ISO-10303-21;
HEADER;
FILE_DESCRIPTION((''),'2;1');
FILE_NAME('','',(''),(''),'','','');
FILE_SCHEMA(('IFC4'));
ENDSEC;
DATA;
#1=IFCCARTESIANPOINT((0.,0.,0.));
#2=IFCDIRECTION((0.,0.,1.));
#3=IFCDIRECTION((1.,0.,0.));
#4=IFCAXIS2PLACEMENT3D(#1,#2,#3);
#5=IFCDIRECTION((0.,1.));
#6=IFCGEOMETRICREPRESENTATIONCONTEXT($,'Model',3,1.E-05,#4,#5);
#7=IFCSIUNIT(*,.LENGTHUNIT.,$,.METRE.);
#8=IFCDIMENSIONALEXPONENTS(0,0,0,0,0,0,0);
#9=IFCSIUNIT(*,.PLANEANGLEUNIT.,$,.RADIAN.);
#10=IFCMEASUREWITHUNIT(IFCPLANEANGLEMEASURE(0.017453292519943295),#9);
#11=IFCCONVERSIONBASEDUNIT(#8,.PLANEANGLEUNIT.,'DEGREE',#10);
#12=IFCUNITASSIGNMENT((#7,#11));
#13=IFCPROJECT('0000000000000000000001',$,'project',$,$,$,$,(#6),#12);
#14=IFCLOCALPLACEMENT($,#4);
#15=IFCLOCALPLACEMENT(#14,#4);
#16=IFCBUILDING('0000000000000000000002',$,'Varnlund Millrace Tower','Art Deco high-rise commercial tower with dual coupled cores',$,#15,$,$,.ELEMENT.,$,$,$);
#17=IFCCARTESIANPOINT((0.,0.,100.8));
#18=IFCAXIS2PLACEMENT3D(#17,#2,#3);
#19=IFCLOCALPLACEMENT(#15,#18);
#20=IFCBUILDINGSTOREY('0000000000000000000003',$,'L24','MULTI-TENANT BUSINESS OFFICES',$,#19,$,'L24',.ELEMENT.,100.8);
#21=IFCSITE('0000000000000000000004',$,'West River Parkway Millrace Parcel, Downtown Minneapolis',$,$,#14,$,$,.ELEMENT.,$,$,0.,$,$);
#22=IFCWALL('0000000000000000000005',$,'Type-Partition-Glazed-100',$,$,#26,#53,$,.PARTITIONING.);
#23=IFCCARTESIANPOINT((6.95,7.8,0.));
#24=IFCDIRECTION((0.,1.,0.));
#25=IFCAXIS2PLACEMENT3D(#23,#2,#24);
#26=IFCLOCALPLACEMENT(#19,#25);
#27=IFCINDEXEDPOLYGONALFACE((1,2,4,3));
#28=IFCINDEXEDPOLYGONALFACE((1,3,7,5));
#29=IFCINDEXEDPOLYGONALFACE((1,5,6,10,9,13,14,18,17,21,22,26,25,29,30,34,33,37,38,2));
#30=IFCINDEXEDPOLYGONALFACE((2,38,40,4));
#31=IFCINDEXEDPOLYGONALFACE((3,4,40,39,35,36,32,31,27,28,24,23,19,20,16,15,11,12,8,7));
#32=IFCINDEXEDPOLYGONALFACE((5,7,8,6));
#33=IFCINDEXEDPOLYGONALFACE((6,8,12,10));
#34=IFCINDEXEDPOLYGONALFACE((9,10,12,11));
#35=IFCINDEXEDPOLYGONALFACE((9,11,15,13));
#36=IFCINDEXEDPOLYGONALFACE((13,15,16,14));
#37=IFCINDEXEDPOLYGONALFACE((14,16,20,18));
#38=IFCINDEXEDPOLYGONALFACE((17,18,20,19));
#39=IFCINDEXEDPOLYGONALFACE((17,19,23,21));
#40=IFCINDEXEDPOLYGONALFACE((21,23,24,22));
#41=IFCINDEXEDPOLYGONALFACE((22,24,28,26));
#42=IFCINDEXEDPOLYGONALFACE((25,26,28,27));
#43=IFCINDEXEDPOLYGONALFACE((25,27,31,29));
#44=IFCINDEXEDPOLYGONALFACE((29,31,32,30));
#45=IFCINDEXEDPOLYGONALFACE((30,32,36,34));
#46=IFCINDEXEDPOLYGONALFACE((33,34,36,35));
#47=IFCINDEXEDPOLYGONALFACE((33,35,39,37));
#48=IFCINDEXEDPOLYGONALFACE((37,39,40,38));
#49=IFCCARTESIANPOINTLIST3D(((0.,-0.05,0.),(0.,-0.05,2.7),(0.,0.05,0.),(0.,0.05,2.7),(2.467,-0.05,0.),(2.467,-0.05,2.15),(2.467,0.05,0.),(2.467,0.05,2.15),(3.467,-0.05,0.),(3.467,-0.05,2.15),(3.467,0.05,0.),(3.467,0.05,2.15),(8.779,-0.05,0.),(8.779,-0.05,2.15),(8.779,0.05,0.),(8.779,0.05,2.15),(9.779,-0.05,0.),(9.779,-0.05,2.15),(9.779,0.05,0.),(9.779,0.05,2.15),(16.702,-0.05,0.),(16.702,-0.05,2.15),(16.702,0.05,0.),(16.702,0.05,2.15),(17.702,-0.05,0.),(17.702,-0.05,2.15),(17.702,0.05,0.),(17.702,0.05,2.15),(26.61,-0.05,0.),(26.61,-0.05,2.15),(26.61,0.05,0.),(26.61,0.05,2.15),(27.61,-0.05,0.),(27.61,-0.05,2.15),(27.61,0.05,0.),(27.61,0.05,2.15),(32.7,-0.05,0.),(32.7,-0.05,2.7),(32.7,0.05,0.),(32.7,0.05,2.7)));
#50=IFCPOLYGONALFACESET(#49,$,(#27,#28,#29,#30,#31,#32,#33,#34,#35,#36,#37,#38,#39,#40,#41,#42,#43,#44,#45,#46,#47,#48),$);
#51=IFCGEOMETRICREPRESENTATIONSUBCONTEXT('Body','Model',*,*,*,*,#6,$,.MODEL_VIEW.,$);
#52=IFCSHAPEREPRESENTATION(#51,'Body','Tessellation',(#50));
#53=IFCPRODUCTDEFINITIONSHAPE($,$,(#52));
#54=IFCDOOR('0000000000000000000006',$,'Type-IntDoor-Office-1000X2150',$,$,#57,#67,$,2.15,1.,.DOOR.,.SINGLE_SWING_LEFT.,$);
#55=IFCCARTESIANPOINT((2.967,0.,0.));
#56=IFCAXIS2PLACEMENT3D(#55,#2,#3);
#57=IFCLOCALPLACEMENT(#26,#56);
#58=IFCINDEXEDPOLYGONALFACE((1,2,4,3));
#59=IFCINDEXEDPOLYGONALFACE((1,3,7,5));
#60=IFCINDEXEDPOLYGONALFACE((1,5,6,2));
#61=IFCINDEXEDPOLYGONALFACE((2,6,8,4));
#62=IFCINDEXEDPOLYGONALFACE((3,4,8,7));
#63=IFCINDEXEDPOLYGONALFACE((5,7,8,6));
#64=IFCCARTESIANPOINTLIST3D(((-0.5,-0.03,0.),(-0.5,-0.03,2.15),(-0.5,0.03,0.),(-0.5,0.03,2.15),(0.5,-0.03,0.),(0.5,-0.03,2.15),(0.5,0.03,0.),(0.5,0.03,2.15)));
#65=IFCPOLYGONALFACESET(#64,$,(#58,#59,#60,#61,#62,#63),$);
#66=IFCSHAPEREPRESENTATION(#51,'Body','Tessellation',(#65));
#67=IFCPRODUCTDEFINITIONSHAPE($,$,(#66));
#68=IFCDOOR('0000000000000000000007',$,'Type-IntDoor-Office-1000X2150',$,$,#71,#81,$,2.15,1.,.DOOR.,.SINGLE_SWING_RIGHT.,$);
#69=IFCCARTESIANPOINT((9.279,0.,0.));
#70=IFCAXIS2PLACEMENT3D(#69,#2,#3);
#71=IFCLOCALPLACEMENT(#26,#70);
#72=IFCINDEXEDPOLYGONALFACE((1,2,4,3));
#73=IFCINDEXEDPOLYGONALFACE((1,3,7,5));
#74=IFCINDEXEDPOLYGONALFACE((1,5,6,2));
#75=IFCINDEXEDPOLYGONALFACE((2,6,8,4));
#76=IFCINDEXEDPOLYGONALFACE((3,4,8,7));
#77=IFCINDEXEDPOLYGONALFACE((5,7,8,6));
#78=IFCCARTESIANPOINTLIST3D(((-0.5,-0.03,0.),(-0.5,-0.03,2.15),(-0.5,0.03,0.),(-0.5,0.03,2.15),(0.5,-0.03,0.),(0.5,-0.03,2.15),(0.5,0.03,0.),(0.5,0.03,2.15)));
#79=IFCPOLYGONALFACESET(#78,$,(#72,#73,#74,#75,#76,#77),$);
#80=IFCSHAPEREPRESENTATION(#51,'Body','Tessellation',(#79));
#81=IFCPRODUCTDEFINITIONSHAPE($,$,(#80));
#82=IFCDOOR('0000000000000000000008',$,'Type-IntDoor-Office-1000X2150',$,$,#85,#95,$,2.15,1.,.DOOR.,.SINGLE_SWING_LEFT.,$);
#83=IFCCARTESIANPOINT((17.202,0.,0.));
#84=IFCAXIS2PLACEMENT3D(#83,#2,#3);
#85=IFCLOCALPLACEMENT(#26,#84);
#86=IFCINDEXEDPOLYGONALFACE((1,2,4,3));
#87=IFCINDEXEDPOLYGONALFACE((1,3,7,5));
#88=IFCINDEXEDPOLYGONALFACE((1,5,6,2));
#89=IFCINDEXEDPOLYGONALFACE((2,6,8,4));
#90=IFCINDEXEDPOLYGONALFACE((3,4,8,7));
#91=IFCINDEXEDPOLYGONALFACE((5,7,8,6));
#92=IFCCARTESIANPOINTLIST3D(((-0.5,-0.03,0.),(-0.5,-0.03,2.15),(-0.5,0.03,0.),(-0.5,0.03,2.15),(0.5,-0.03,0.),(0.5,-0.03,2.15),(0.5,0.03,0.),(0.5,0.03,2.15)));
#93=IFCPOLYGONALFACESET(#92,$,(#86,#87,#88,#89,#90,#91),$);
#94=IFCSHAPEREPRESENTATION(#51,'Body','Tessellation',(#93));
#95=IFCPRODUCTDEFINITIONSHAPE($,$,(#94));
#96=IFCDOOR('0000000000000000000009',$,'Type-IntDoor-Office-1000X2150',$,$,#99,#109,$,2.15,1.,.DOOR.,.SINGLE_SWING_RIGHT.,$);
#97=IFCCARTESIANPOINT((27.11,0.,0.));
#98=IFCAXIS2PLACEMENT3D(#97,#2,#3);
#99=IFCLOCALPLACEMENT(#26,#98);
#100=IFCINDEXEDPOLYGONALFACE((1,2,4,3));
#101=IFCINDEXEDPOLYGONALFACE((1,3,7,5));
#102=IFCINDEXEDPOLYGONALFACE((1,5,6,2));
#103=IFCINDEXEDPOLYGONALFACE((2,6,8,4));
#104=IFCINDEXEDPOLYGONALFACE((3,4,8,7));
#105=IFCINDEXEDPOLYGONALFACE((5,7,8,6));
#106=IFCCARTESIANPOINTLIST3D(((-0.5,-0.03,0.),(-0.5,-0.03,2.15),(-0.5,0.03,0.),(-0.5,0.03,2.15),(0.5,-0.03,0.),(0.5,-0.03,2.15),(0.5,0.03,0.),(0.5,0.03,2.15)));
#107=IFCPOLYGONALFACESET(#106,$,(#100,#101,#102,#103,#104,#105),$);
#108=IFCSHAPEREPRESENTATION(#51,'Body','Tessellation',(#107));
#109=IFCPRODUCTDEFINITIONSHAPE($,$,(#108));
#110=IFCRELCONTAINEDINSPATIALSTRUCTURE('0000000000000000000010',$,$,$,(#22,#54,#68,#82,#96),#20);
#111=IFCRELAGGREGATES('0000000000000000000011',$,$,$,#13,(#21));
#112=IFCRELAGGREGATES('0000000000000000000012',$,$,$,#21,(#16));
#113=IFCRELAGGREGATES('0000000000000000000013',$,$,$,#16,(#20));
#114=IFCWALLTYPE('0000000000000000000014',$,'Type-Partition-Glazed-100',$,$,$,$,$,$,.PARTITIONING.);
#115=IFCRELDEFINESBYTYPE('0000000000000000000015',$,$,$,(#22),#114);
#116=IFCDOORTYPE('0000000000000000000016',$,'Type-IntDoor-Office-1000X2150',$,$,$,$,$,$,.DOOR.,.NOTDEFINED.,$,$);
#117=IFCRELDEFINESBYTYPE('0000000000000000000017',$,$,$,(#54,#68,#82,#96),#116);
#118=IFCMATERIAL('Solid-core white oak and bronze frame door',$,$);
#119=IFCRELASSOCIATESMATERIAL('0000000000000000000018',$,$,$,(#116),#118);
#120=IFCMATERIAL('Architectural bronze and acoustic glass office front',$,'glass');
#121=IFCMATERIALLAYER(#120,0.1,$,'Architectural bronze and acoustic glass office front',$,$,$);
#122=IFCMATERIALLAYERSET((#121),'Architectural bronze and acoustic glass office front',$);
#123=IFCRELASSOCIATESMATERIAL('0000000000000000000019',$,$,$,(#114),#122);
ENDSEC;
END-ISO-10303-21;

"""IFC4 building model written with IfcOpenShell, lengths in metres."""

from ifc_helpers import new_model, entity, si_unit, converted_unit, direction, frame, origin_with_axes, origin_2d_with_axis, place, context, subcontext, project, spatial, polyline, rectangle, outline, extrude, material, layer, layer_set, type_object, element, fill, save


model = new_model("IFC4")

# Units and contexts
model_context = context("Model", 3, precision=1e-05, world=origin_with_axes(), true_north=direction((0.0, 1.0)))
body_context = subcontext(model_context, "Body", "Model", "MODEL_VIEW")
ifc_project = project(units=[si_unit("LENGTHUNIT", "METRE"), converted_unit("PLANEANGLEUNIT", "DEGREE", entity("IfcPlaneAngleMeasure", 0.017453292519943295), si_unit("PLANEANGLEUNIT", "RADIAN"), dimensions=[0, 0, 0, 0, 0, 0, 0])], contexts=[model_context])

# Site, building, storey
site_placement = place(None, origin_with_axes())
site = spatial("IfcSite", under=ifc_project, at=site_placement, Name="West River Parkway Millrace Parcel, Downtown Minneapolis", CompositionType="ELEMENT", RefElevation=0.0)
building_placement = place(site_placement, origin_with_axes())
building = spatial("IfcBuilding", under=site, at=building_placement, Name="Varnlund Millrace Tower", Description="Art Deco high-rise commercial tower with dual coupled cores", CompositionType="ELEMENT")
storey_placement = place(building_placement, frame((0.0, 0.0, 100.8), z_axis=(0.0, 0.0, 1.0), x_axis=(1.0, 0.0, 0.0)))
storey = spatial("IfcBuildingStorey", under=building, at=storey_placement, Name="L24", Description="MULTI-TENANT BUSINESS OFFICES", LongName="L24", CompositionType="ELEMENT", Elevation=100.8)

# Shared definitions
ifc_material_1 = material(Name="Solid-core white oak and bronze frame door")
door_type_1 = type_object("IfcDoorType", Name="Type-IntDoor-Office-1000X2150", OperationType="NOTDEFINED", PredefinedType="DOOR", material=ifc_material_1)

# Wall, openings, doors
ifc_material_2 = material(Name="Architectural bronze and acoustic glass office front", Category="glass")
ifc_layer_1 = layer(ifc_material_2, 0.1, Name="Architectural bronze and acoustic glass office front")
ifc_layer_set_1 = layer_set([ifc_layer_1], Name="Architectural bronze and acoustic glass office front")
wall_type_1 = type_object("IfcWallType", Name="Type-Partition-Glazed-100", PredefinedType="PARTITIONING", material=ifc_layer_set_1)
wall_1_placement = place(storey_placement, frame((6.95, 7.8, 0.0), z_axis=(0.0, 0.0, 1.0), x_axis=(0.0, 1.0, 0.0)))
wall_1 = element("IfcWall", 1, at=wall_1_placement, inside=storey, type_object=wall_type_1, Name="Type-Partition-Glazed-100", PredefinedType="PARTITIONING", context=body_context, shape_type="SweptSolid", body=[
    extrude(outline(polyline([(0.0, -0.05), (32.7, -0.05), (32.7, 0.05), (0.0, 0.05), (0.0, -0.05)])), origin_with_axes(), (0.0, 0.0, 1.0), 2.7),
])
opening_1_placement = place(wall_1_placement, frame((2.967, 0.0, 0.0), z_axis=(0.0, 0.0, 1.0), x_axis=(1.0, 0.0, 0.0)))
opening_1 = element("IfcOpeningElement", 2, at=opening_1_placement, cuts=wall_1, PredefinedType="OPENING", context=body_context, shape_type="SweptSolid", body=[
    extrude(rectangle(XDim=1.0, YDim=0.12, at=origin_2d_with_axis()), origin_with_axes(), (0.0, 0.0, 1.0), 2.15),
])
opening_2_placement = place(wall_1_placement, frame((9.279, 0.0, 0.0), z_axis=(0.0, 0.0, 1.0), x_axis=(1.0, 0.0, 0.0)))
opening_2 = element("IfcOpeningElement", 3, at=opening_2_placement, cuts=wall_1, PredefinedType="OPENING", context=body_context, shape_type="SweptSolid", body=[
    extrude(rectangle(XDim=1.0, YDim=0.12, at=origin_2d_with_axis()), origin_with_axes(), (0.0, 0.0, 1.0), 2.15),
])
opening_3_placement = place(wall_1_placement, frame((17.202, 0.0, 0.0), z_axis=(0.0, 0.0, 1.0), x_axis=(1.0, 0.0, 0.0)))
opening_3 = element("IfcOpeningElement", 4, at=opening_3_placement, cuts=wall_1, PredefinedType="OPENING", context=body_context, shape_type="SweptSolid", body=[
    extrude(rectangle(XDim=1.0, YDim=0.12, at=origin_2d_with_axis()), origin_with_axes(), (0.0, 0.0, 1.0), 2.15),
])
opening_4_placement = place(wall_1_placement, frame((27.11, 0.0, 0.0), z_axis=(0.0, 0.0, 1.0), x_axis=(1.0, 0.0, 0.0)))
opening_4 = element("IfcOpeningElement", 5, at=opening_4_placement, cuts=wall_1, PredefinedType="OPENING", context=body_context, shape_type="SweptSolid", body=[
    extrude(rectangle(XDim=1.0, YDim=0.12, at=origin_2d_with_axis()), origin_with_axes(), (0.0, 0.0, 1.0), 2.15),
])
door_1_placement = place(wall_1_placement, frame((2.967, 0.0, 0.0), z_axis=(0.0, 0.0, 1.0), x_axis=(1.0, 0.0, 0.0)))
door_1 = element("IfcDoor", 6, at=door_1_placement, inside=storey, type_object=door_type_1, Name="Type-IntDoor-Office-1000X2150", OperationType="SINGLE_SWING_LEFT", OverallHeight=2.15, OverallWidth=1.0, PredefinedType="DOOR", context=body_context, shape_type="SweptSolid", body=[
    extrude(rectangle(XDim=1.0, YDim=0.06, at=origin_2d_with_axis()), origin_with_axes(), (0.0, 0.0, 1.0), 2.15),
])
fill(opening_1, door_1)
door_2_placement = place(wall_1_placement, frame((9.279, 0.0, 0.0), z_axis=(0.0, 0.0, 1.0), x_axis=(1.0, 0.0, 0.0)))
door_2 = element("IfcDoor", 7, at=door_2_placement, inside=storey, type_object=door_type_1, Name="Type-IntDoor-Office-1000X2150", OperationType="SINGLE_SWING_RIGHT", OverallHeight=2.15, OverallWidth=1.0, PredefinedType="DOOR", context=body_context, shape_type="SweptSolid", body=[
    extrude(rectangle(XDim=1.0, YDim=0.06, at=origin_2d_with_axis()), origin_with_axes(), (0.0, 0.0, 1.0), 2.15),
])
fill(opening_2, door_2)
door_3_placement = place(wall_1_placement, frame((17.202, 0.0, 0.0), z_axis=(0.0, 0.0, 1.0), x_axis=(1.0, 0.0, 0.0)))
door_3 = element("IfcDoor", 8, at=door_3_placement, inside=storey, type_object=door_type_1, Name="Type-IntDoor-Office-1000X2150", OperationType="SINGLE_SWING_LEFT", OverallHeight=2.15, OverallWidth=1.0, PredefinedType="DOOR", context=body_context, shape_type="SweptSolid", body=[
    extrude(rectangle(XDim=1.0, YDim=0.06, at=origin_2d_with_axis()), origin_with_axes(), (0.0, 0.0, 1.0), 2.15),
])
fill(opening_3, door_3)
door_4_placement = place(wall_1_placement, frame((27.11, 0.0, 0.0), z_axis=(0.0, 0.0, 1.0), x_axis=(1.0, 0.0, 0.0)))
door_4 = element("IfcDoor", 9, at=door_4_placement, inside=storey, type_object=door_type_1, Name="Type-IntDoor-Office-1000X2150", OperationType="SINGLE_SWING_RIGHT", OverallHeight=2.15, OverallWidth=1.0, PredefinedType="DOOR", context=body_context, shape_type="SweptSolid", body=[
    extrude(rectangle(XDim=1.0, YDim=0.06, at=origin_2d_with_axis()), origin_with_axes(), (0.0, 0.0, 1.0), 2.15),
])
fill(opening_4, door_4)

save(model, "model.ifc")
